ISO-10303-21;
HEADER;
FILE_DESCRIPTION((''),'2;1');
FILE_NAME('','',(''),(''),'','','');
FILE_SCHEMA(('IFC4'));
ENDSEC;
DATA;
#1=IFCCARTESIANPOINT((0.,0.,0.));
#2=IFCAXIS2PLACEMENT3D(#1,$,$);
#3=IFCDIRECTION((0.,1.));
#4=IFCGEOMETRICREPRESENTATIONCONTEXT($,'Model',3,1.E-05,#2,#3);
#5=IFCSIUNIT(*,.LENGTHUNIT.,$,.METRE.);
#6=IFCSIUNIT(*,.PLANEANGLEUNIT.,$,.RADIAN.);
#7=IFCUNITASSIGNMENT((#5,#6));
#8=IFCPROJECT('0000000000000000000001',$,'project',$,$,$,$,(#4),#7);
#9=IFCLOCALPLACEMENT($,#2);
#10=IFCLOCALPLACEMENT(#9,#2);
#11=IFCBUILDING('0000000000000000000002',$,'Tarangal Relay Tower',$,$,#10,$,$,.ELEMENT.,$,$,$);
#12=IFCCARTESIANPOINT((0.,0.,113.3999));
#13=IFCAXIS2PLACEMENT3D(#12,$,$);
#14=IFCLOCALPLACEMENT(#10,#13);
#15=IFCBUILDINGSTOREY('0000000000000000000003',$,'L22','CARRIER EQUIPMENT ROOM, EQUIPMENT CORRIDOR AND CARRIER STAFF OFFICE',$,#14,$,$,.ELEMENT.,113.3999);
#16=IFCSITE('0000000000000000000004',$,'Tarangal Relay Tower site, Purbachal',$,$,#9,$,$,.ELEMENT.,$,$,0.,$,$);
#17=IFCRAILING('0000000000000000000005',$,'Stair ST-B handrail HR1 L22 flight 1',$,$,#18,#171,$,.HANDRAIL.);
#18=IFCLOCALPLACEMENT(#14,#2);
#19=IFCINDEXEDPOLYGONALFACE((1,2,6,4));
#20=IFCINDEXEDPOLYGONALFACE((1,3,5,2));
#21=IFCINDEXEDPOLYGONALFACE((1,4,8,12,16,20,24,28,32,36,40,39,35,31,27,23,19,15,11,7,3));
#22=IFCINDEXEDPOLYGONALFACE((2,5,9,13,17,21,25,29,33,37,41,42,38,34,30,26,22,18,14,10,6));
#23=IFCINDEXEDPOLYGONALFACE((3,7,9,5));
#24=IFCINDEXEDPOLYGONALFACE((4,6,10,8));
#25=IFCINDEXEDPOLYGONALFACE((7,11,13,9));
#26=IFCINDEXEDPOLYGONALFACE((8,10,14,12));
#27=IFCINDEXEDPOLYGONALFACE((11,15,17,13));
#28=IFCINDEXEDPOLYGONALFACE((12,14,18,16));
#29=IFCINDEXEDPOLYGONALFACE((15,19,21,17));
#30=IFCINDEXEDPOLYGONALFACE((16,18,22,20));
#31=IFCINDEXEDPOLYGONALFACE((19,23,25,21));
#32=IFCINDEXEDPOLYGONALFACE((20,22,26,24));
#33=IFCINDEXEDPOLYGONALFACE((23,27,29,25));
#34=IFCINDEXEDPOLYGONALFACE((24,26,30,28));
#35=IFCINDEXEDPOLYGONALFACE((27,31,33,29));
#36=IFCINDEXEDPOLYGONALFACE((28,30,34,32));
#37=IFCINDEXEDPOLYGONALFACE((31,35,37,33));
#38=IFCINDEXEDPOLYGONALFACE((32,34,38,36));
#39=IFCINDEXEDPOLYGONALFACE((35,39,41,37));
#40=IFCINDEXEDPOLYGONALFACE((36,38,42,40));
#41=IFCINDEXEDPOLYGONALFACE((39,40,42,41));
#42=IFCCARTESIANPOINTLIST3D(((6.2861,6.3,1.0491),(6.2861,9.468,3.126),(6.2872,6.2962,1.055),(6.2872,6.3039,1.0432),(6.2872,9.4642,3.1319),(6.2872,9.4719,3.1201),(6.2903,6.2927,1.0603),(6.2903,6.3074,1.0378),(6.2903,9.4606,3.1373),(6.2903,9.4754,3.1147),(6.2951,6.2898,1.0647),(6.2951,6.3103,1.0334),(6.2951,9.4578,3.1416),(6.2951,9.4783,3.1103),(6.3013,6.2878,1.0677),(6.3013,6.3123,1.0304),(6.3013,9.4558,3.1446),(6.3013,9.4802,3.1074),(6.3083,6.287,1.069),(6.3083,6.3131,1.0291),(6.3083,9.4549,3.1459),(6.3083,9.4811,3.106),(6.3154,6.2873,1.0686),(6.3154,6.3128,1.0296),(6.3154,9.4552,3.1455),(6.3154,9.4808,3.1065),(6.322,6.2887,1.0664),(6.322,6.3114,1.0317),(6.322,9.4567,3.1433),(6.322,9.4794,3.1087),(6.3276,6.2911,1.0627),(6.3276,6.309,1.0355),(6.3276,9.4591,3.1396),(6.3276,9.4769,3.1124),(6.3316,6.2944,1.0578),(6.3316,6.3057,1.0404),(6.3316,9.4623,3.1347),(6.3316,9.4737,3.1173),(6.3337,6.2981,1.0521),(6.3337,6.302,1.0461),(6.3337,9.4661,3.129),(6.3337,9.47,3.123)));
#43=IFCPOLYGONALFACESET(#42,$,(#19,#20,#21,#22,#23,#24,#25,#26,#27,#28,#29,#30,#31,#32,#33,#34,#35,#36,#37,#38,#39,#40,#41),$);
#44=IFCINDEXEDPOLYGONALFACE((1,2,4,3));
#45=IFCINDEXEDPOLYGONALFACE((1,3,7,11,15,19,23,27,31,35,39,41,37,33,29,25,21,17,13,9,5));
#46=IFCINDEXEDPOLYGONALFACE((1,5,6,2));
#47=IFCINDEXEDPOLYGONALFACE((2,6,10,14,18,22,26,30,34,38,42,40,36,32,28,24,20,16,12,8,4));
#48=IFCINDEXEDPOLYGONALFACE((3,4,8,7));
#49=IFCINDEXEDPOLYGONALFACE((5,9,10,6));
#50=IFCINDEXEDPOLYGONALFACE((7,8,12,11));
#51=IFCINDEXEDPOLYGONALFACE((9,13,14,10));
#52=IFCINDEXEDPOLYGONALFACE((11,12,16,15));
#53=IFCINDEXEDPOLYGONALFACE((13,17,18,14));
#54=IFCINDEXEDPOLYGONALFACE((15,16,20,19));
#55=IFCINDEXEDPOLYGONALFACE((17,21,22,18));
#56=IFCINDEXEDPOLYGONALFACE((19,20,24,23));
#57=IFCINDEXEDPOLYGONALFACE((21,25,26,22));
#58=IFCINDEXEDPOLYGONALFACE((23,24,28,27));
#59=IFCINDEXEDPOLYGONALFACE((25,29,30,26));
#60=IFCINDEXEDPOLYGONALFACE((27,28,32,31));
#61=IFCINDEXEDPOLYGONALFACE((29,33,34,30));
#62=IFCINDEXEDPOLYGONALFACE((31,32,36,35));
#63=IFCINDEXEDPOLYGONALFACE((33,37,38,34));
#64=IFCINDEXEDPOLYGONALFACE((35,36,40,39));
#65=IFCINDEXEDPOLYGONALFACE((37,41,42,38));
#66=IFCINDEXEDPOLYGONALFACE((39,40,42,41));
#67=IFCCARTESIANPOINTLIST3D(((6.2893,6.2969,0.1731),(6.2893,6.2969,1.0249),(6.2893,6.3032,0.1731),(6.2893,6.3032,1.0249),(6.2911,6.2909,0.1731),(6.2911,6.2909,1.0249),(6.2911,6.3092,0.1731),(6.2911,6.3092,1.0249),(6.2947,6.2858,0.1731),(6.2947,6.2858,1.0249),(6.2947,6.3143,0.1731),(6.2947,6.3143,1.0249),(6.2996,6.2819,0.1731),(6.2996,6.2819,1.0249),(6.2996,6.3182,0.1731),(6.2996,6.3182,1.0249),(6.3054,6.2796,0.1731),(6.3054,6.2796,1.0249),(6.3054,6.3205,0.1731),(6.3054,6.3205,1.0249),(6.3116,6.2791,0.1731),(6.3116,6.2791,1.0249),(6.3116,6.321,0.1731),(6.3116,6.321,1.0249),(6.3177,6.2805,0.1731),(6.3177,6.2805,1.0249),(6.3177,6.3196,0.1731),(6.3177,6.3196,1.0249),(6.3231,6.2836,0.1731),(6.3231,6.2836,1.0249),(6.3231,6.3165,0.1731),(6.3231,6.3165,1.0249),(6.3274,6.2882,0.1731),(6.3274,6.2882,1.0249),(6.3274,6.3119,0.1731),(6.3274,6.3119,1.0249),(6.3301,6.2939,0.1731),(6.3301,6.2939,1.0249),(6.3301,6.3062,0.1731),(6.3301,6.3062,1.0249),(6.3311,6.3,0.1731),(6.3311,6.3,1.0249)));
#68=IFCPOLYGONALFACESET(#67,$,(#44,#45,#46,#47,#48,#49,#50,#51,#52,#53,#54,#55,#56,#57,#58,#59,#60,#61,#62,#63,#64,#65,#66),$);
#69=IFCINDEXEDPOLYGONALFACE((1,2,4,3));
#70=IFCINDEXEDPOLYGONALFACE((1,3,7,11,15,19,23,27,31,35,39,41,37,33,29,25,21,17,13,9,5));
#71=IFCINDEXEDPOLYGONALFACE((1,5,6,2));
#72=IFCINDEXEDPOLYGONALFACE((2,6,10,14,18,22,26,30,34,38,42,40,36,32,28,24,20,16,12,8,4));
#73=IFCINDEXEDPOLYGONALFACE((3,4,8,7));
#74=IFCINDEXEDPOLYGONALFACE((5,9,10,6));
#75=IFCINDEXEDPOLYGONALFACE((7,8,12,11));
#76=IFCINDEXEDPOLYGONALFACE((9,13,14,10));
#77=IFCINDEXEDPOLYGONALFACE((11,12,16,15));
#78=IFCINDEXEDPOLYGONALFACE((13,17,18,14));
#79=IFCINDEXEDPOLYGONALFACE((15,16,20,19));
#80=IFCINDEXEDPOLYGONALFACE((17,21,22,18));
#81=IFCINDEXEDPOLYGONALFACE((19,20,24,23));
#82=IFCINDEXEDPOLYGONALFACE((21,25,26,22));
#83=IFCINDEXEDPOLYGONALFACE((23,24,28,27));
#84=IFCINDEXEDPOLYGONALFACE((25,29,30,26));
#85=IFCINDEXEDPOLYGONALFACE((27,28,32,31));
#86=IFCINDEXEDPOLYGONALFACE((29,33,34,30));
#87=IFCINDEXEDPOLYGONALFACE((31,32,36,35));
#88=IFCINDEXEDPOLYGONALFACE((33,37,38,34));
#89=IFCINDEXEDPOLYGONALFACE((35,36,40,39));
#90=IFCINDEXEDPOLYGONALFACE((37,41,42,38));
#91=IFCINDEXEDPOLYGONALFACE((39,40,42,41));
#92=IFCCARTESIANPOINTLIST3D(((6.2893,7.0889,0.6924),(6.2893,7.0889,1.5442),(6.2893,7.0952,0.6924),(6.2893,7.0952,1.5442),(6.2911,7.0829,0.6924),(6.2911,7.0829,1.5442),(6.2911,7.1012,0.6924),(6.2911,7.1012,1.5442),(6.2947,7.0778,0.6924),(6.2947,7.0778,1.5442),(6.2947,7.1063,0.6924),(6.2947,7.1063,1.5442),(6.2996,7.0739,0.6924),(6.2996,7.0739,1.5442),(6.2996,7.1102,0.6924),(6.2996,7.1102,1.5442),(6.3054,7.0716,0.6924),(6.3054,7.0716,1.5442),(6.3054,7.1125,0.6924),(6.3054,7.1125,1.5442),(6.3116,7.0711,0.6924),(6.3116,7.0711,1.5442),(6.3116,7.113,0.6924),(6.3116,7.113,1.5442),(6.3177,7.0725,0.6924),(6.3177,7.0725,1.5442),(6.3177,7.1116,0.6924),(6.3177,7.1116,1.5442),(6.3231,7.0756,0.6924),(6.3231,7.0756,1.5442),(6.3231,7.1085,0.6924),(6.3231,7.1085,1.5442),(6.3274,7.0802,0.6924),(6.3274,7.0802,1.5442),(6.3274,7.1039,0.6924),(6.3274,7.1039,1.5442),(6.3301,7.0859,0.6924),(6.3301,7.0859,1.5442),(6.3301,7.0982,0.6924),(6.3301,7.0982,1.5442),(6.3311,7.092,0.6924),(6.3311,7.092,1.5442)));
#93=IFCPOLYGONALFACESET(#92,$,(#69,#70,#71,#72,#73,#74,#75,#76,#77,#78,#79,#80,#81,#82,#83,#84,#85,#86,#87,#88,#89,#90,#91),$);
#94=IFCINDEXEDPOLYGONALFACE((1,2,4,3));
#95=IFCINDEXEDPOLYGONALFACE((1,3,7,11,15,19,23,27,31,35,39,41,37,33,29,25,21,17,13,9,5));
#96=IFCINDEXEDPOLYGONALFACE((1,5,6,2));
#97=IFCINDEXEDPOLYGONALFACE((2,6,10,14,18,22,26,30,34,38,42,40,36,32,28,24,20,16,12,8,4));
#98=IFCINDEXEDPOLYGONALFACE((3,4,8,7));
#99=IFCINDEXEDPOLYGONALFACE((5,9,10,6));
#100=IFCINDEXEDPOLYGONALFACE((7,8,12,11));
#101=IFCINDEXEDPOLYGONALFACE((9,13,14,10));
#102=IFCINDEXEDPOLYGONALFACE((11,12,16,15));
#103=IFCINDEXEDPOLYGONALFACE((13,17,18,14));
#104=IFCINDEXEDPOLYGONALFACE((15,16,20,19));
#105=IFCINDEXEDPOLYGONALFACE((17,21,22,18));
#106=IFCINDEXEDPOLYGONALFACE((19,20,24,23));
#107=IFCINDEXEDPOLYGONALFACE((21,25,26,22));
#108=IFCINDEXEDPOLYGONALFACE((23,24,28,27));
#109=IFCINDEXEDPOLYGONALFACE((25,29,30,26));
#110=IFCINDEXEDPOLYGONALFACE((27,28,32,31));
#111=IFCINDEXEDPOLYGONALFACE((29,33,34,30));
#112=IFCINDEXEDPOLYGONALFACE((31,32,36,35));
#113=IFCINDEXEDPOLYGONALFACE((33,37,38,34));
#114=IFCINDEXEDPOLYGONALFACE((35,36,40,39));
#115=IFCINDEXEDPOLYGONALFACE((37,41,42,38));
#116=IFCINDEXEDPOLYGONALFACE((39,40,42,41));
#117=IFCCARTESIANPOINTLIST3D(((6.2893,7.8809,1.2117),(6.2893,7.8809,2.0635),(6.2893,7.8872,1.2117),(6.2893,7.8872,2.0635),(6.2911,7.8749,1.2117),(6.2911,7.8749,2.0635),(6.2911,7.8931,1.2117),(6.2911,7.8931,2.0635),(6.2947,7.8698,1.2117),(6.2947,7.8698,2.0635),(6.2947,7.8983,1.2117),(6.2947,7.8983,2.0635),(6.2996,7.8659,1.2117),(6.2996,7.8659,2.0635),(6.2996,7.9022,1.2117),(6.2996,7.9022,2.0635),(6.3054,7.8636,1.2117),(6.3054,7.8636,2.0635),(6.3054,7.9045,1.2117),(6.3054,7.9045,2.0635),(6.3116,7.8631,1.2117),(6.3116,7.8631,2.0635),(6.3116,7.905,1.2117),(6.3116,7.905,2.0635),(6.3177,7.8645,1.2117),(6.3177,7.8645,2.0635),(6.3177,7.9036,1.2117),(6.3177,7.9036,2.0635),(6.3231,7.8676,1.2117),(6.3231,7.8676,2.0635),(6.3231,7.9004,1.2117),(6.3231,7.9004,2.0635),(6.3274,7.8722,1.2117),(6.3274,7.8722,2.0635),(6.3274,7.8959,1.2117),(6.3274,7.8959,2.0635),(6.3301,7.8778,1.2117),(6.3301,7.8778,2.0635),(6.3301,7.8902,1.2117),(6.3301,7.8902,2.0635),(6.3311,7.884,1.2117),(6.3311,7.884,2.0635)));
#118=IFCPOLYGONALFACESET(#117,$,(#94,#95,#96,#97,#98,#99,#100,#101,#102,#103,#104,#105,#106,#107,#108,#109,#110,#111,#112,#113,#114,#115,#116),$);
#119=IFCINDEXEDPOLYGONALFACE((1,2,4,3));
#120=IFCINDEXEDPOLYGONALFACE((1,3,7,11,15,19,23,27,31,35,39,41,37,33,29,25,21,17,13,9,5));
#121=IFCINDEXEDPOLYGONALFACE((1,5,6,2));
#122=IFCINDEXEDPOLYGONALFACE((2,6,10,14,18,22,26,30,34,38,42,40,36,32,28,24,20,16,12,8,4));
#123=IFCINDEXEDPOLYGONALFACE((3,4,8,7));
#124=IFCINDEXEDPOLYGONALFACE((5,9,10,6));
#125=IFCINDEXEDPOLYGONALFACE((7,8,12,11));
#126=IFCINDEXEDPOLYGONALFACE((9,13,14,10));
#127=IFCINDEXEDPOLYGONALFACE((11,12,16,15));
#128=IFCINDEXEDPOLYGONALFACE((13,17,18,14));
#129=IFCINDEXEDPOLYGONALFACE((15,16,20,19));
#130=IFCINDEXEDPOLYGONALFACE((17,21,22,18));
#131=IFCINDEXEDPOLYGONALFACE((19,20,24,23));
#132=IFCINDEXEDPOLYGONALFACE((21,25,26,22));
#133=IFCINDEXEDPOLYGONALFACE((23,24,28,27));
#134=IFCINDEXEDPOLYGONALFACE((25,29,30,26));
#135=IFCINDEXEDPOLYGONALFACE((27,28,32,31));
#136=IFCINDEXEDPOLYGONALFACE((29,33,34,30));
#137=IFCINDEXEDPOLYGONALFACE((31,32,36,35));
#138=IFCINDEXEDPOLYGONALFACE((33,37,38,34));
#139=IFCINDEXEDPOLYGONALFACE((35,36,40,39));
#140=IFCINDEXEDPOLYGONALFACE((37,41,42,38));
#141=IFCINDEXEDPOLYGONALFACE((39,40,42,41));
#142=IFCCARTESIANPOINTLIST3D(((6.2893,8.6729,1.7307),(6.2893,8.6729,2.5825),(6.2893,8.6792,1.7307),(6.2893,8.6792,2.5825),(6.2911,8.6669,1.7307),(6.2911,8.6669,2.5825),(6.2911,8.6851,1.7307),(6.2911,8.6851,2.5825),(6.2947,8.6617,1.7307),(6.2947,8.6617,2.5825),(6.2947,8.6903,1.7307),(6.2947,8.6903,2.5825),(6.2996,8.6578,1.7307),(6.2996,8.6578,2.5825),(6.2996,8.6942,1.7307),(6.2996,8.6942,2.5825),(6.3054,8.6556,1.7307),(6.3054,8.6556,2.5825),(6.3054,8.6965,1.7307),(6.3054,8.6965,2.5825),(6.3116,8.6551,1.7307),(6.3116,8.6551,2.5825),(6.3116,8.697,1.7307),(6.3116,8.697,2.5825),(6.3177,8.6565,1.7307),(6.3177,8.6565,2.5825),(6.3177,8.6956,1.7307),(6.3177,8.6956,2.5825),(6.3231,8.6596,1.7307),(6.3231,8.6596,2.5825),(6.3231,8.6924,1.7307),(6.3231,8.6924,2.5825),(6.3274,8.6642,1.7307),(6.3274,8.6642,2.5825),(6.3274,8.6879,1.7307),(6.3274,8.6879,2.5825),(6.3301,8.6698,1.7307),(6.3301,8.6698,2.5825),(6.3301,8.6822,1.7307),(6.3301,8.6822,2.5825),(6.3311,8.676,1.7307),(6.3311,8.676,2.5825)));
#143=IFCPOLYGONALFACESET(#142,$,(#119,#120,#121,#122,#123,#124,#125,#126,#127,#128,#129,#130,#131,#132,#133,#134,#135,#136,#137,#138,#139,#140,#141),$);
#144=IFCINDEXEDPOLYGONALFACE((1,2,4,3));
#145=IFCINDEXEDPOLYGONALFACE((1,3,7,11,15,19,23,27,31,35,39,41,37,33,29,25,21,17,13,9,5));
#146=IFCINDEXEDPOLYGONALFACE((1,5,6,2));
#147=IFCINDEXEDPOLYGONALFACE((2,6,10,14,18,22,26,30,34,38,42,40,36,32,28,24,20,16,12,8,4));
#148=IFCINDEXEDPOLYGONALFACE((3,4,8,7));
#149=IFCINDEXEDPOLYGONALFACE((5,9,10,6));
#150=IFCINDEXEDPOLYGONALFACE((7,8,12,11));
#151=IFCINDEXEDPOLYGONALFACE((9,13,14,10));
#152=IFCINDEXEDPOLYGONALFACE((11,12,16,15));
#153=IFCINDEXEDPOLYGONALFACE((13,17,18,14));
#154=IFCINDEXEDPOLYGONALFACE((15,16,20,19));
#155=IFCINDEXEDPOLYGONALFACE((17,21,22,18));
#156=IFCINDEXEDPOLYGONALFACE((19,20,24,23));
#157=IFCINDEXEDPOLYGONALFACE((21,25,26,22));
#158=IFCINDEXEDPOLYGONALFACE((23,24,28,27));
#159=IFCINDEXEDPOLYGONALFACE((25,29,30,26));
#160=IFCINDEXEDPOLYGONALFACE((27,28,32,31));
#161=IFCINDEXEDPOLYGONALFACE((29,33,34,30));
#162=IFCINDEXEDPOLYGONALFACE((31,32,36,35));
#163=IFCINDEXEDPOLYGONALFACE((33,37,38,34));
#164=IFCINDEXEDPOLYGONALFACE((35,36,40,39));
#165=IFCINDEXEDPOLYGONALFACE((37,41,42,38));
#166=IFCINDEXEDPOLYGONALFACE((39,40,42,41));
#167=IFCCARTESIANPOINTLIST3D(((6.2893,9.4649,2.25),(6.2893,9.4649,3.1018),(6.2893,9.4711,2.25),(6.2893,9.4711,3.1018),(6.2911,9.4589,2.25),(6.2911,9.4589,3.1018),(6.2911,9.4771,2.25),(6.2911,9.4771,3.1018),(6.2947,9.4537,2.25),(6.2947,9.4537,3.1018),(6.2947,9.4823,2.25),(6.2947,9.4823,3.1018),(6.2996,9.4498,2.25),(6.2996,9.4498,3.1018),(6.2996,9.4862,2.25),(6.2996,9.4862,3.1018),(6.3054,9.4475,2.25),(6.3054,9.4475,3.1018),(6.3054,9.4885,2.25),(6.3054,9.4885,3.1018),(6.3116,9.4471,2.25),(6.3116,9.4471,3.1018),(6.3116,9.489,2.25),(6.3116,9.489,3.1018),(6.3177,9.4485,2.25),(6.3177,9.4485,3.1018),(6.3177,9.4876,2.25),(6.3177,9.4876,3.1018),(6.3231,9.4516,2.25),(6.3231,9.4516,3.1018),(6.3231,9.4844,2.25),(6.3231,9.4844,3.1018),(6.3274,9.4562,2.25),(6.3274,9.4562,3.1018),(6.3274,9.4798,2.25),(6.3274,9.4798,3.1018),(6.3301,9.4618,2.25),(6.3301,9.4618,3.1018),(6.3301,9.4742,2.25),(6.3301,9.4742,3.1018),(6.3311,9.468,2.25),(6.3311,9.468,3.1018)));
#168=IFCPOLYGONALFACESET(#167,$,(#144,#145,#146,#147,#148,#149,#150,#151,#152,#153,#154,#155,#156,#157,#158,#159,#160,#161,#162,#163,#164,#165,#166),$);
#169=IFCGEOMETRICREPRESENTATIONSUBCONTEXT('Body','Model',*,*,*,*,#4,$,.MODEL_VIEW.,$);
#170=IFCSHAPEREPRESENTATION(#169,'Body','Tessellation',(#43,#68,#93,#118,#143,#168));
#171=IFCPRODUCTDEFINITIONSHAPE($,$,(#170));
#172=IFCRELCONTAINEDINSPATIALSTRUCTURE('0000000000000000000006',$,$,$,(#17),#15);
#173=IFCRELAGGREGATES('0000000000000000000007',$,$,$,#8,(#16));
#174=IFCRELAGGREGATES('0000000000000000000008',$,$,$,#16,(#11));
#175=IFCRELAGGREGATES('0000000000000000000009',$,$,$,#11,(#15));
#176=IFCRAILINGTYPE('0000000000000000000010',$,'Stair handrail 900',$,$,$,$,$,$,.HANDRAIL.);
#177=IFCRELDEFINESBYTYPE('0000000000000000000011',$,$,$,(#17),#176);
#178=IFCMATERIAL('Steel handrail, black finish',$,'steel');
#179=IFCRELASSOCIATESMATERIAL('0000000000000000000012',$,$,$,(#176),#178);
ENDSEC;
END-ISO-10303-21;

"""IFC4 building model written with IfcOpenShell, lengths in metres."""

from ifc_helpers import new_model, si_unit, direction, frame, origin, origin_2d, place, context, subcontext, project, spatial, circle, extrude, material, type_object, element, save


model = new_model("IFC4")

# Units and contexts
model_context = context("Model", 3, precision=1e-05, world=origin(), true_north=direction((0.0, 1.0)))
body_context = subcontext(model_context, "Body", "Model", "MODEL_VIEW")
ifc_project = project(units=[si_unit("LENGTHUNIT", "METRE"), si_unit("PLANEANGLEUNIT", "RADIAN")], contexts=[model_context])

# Site, building, storey
site_placement = place(None, origin())
site = spatial("IfcSite", under=ifc_project, at=site_placement, Name="Tarangal Relay Tower site, Purbachal", CompositionType="ELEMENT", RefElevation=0.0)
building_placement = place(site_placement, origin())
building = spatial("IfcBuilding", under=site, at=building_placement, Name="Tarangal Relay Tower", CompositionType="ELEMENT")
storey_placement = place(building_placement, frame((0.0, 0.0, 113.3999)))
storey = spatial("IfcBuildingStorey", under=building, at=storey_placement, Name="L22", Description="CARRIER EQUIPMENT ROOM, EQUIPMENT CORRIDOR AND CARRIER STAFF OFFICE", CompositionType="ELEMENT", Elevation=113.3999)

# Railing
ifc_material_1 = material(Name="Steel handrail, black finish", Category="steel")
railing_type_1 = type_object("IfcRailingType", Name="Stair handrail 900", PredefinedType="HANDRAIL", material=ifc_material_1)
railing_1_placement = place(storey_placement, frame((6.3101, 6.3, 0.1731)))
element("IfcRailing", 1, at=railing_1_placement, inside=storey, type_object=railing_type_1, Name="Stair ST-B handrail HR1 L22 flight 1", PredefinedType="HANDRAIL", context=body_context, shape_type="SweptSolid", body=[
    extrude(circle(Radius=0.0239, at=origin_2d()), frame((0.0, 0.0, 0.876), z_axis=(0.0, 0.836299, 0.548273), x_axis=(-1.0, 0.0, 0.0)), (0.0, 0.0, 1.0), 3.7881),
    extrude(circle(Radius=0.021, at=origin_2d()), origin(), (0.0, 0.0, 1.0), 0.8518),
    extrude(circle(Radius=0.021, at=origin_2d()), frame((0.0, 0.792, 0.5193)), (0.0, 0.0, 1.0), 0.8518),
    extrude(circle(Radius=0.021, at=origin_2d()), frame((0.0, 1.584, 1.0386)), (0.0, 0.0, 1.0), 0.8518),
    extrude(circle(Radius=0.021, at=origin_2d()), frame((0.0, 2.376, 1.5576)), (0.0, 0.0, 1.0), 0.8518),
    extrude(circle(Radius=0.021, at=origin_2d()), frame((0.0, 3.168, 2.0769)), (0.0, 0.0, 1.0), 0.8518),
])

save(model, "model.ifc")
